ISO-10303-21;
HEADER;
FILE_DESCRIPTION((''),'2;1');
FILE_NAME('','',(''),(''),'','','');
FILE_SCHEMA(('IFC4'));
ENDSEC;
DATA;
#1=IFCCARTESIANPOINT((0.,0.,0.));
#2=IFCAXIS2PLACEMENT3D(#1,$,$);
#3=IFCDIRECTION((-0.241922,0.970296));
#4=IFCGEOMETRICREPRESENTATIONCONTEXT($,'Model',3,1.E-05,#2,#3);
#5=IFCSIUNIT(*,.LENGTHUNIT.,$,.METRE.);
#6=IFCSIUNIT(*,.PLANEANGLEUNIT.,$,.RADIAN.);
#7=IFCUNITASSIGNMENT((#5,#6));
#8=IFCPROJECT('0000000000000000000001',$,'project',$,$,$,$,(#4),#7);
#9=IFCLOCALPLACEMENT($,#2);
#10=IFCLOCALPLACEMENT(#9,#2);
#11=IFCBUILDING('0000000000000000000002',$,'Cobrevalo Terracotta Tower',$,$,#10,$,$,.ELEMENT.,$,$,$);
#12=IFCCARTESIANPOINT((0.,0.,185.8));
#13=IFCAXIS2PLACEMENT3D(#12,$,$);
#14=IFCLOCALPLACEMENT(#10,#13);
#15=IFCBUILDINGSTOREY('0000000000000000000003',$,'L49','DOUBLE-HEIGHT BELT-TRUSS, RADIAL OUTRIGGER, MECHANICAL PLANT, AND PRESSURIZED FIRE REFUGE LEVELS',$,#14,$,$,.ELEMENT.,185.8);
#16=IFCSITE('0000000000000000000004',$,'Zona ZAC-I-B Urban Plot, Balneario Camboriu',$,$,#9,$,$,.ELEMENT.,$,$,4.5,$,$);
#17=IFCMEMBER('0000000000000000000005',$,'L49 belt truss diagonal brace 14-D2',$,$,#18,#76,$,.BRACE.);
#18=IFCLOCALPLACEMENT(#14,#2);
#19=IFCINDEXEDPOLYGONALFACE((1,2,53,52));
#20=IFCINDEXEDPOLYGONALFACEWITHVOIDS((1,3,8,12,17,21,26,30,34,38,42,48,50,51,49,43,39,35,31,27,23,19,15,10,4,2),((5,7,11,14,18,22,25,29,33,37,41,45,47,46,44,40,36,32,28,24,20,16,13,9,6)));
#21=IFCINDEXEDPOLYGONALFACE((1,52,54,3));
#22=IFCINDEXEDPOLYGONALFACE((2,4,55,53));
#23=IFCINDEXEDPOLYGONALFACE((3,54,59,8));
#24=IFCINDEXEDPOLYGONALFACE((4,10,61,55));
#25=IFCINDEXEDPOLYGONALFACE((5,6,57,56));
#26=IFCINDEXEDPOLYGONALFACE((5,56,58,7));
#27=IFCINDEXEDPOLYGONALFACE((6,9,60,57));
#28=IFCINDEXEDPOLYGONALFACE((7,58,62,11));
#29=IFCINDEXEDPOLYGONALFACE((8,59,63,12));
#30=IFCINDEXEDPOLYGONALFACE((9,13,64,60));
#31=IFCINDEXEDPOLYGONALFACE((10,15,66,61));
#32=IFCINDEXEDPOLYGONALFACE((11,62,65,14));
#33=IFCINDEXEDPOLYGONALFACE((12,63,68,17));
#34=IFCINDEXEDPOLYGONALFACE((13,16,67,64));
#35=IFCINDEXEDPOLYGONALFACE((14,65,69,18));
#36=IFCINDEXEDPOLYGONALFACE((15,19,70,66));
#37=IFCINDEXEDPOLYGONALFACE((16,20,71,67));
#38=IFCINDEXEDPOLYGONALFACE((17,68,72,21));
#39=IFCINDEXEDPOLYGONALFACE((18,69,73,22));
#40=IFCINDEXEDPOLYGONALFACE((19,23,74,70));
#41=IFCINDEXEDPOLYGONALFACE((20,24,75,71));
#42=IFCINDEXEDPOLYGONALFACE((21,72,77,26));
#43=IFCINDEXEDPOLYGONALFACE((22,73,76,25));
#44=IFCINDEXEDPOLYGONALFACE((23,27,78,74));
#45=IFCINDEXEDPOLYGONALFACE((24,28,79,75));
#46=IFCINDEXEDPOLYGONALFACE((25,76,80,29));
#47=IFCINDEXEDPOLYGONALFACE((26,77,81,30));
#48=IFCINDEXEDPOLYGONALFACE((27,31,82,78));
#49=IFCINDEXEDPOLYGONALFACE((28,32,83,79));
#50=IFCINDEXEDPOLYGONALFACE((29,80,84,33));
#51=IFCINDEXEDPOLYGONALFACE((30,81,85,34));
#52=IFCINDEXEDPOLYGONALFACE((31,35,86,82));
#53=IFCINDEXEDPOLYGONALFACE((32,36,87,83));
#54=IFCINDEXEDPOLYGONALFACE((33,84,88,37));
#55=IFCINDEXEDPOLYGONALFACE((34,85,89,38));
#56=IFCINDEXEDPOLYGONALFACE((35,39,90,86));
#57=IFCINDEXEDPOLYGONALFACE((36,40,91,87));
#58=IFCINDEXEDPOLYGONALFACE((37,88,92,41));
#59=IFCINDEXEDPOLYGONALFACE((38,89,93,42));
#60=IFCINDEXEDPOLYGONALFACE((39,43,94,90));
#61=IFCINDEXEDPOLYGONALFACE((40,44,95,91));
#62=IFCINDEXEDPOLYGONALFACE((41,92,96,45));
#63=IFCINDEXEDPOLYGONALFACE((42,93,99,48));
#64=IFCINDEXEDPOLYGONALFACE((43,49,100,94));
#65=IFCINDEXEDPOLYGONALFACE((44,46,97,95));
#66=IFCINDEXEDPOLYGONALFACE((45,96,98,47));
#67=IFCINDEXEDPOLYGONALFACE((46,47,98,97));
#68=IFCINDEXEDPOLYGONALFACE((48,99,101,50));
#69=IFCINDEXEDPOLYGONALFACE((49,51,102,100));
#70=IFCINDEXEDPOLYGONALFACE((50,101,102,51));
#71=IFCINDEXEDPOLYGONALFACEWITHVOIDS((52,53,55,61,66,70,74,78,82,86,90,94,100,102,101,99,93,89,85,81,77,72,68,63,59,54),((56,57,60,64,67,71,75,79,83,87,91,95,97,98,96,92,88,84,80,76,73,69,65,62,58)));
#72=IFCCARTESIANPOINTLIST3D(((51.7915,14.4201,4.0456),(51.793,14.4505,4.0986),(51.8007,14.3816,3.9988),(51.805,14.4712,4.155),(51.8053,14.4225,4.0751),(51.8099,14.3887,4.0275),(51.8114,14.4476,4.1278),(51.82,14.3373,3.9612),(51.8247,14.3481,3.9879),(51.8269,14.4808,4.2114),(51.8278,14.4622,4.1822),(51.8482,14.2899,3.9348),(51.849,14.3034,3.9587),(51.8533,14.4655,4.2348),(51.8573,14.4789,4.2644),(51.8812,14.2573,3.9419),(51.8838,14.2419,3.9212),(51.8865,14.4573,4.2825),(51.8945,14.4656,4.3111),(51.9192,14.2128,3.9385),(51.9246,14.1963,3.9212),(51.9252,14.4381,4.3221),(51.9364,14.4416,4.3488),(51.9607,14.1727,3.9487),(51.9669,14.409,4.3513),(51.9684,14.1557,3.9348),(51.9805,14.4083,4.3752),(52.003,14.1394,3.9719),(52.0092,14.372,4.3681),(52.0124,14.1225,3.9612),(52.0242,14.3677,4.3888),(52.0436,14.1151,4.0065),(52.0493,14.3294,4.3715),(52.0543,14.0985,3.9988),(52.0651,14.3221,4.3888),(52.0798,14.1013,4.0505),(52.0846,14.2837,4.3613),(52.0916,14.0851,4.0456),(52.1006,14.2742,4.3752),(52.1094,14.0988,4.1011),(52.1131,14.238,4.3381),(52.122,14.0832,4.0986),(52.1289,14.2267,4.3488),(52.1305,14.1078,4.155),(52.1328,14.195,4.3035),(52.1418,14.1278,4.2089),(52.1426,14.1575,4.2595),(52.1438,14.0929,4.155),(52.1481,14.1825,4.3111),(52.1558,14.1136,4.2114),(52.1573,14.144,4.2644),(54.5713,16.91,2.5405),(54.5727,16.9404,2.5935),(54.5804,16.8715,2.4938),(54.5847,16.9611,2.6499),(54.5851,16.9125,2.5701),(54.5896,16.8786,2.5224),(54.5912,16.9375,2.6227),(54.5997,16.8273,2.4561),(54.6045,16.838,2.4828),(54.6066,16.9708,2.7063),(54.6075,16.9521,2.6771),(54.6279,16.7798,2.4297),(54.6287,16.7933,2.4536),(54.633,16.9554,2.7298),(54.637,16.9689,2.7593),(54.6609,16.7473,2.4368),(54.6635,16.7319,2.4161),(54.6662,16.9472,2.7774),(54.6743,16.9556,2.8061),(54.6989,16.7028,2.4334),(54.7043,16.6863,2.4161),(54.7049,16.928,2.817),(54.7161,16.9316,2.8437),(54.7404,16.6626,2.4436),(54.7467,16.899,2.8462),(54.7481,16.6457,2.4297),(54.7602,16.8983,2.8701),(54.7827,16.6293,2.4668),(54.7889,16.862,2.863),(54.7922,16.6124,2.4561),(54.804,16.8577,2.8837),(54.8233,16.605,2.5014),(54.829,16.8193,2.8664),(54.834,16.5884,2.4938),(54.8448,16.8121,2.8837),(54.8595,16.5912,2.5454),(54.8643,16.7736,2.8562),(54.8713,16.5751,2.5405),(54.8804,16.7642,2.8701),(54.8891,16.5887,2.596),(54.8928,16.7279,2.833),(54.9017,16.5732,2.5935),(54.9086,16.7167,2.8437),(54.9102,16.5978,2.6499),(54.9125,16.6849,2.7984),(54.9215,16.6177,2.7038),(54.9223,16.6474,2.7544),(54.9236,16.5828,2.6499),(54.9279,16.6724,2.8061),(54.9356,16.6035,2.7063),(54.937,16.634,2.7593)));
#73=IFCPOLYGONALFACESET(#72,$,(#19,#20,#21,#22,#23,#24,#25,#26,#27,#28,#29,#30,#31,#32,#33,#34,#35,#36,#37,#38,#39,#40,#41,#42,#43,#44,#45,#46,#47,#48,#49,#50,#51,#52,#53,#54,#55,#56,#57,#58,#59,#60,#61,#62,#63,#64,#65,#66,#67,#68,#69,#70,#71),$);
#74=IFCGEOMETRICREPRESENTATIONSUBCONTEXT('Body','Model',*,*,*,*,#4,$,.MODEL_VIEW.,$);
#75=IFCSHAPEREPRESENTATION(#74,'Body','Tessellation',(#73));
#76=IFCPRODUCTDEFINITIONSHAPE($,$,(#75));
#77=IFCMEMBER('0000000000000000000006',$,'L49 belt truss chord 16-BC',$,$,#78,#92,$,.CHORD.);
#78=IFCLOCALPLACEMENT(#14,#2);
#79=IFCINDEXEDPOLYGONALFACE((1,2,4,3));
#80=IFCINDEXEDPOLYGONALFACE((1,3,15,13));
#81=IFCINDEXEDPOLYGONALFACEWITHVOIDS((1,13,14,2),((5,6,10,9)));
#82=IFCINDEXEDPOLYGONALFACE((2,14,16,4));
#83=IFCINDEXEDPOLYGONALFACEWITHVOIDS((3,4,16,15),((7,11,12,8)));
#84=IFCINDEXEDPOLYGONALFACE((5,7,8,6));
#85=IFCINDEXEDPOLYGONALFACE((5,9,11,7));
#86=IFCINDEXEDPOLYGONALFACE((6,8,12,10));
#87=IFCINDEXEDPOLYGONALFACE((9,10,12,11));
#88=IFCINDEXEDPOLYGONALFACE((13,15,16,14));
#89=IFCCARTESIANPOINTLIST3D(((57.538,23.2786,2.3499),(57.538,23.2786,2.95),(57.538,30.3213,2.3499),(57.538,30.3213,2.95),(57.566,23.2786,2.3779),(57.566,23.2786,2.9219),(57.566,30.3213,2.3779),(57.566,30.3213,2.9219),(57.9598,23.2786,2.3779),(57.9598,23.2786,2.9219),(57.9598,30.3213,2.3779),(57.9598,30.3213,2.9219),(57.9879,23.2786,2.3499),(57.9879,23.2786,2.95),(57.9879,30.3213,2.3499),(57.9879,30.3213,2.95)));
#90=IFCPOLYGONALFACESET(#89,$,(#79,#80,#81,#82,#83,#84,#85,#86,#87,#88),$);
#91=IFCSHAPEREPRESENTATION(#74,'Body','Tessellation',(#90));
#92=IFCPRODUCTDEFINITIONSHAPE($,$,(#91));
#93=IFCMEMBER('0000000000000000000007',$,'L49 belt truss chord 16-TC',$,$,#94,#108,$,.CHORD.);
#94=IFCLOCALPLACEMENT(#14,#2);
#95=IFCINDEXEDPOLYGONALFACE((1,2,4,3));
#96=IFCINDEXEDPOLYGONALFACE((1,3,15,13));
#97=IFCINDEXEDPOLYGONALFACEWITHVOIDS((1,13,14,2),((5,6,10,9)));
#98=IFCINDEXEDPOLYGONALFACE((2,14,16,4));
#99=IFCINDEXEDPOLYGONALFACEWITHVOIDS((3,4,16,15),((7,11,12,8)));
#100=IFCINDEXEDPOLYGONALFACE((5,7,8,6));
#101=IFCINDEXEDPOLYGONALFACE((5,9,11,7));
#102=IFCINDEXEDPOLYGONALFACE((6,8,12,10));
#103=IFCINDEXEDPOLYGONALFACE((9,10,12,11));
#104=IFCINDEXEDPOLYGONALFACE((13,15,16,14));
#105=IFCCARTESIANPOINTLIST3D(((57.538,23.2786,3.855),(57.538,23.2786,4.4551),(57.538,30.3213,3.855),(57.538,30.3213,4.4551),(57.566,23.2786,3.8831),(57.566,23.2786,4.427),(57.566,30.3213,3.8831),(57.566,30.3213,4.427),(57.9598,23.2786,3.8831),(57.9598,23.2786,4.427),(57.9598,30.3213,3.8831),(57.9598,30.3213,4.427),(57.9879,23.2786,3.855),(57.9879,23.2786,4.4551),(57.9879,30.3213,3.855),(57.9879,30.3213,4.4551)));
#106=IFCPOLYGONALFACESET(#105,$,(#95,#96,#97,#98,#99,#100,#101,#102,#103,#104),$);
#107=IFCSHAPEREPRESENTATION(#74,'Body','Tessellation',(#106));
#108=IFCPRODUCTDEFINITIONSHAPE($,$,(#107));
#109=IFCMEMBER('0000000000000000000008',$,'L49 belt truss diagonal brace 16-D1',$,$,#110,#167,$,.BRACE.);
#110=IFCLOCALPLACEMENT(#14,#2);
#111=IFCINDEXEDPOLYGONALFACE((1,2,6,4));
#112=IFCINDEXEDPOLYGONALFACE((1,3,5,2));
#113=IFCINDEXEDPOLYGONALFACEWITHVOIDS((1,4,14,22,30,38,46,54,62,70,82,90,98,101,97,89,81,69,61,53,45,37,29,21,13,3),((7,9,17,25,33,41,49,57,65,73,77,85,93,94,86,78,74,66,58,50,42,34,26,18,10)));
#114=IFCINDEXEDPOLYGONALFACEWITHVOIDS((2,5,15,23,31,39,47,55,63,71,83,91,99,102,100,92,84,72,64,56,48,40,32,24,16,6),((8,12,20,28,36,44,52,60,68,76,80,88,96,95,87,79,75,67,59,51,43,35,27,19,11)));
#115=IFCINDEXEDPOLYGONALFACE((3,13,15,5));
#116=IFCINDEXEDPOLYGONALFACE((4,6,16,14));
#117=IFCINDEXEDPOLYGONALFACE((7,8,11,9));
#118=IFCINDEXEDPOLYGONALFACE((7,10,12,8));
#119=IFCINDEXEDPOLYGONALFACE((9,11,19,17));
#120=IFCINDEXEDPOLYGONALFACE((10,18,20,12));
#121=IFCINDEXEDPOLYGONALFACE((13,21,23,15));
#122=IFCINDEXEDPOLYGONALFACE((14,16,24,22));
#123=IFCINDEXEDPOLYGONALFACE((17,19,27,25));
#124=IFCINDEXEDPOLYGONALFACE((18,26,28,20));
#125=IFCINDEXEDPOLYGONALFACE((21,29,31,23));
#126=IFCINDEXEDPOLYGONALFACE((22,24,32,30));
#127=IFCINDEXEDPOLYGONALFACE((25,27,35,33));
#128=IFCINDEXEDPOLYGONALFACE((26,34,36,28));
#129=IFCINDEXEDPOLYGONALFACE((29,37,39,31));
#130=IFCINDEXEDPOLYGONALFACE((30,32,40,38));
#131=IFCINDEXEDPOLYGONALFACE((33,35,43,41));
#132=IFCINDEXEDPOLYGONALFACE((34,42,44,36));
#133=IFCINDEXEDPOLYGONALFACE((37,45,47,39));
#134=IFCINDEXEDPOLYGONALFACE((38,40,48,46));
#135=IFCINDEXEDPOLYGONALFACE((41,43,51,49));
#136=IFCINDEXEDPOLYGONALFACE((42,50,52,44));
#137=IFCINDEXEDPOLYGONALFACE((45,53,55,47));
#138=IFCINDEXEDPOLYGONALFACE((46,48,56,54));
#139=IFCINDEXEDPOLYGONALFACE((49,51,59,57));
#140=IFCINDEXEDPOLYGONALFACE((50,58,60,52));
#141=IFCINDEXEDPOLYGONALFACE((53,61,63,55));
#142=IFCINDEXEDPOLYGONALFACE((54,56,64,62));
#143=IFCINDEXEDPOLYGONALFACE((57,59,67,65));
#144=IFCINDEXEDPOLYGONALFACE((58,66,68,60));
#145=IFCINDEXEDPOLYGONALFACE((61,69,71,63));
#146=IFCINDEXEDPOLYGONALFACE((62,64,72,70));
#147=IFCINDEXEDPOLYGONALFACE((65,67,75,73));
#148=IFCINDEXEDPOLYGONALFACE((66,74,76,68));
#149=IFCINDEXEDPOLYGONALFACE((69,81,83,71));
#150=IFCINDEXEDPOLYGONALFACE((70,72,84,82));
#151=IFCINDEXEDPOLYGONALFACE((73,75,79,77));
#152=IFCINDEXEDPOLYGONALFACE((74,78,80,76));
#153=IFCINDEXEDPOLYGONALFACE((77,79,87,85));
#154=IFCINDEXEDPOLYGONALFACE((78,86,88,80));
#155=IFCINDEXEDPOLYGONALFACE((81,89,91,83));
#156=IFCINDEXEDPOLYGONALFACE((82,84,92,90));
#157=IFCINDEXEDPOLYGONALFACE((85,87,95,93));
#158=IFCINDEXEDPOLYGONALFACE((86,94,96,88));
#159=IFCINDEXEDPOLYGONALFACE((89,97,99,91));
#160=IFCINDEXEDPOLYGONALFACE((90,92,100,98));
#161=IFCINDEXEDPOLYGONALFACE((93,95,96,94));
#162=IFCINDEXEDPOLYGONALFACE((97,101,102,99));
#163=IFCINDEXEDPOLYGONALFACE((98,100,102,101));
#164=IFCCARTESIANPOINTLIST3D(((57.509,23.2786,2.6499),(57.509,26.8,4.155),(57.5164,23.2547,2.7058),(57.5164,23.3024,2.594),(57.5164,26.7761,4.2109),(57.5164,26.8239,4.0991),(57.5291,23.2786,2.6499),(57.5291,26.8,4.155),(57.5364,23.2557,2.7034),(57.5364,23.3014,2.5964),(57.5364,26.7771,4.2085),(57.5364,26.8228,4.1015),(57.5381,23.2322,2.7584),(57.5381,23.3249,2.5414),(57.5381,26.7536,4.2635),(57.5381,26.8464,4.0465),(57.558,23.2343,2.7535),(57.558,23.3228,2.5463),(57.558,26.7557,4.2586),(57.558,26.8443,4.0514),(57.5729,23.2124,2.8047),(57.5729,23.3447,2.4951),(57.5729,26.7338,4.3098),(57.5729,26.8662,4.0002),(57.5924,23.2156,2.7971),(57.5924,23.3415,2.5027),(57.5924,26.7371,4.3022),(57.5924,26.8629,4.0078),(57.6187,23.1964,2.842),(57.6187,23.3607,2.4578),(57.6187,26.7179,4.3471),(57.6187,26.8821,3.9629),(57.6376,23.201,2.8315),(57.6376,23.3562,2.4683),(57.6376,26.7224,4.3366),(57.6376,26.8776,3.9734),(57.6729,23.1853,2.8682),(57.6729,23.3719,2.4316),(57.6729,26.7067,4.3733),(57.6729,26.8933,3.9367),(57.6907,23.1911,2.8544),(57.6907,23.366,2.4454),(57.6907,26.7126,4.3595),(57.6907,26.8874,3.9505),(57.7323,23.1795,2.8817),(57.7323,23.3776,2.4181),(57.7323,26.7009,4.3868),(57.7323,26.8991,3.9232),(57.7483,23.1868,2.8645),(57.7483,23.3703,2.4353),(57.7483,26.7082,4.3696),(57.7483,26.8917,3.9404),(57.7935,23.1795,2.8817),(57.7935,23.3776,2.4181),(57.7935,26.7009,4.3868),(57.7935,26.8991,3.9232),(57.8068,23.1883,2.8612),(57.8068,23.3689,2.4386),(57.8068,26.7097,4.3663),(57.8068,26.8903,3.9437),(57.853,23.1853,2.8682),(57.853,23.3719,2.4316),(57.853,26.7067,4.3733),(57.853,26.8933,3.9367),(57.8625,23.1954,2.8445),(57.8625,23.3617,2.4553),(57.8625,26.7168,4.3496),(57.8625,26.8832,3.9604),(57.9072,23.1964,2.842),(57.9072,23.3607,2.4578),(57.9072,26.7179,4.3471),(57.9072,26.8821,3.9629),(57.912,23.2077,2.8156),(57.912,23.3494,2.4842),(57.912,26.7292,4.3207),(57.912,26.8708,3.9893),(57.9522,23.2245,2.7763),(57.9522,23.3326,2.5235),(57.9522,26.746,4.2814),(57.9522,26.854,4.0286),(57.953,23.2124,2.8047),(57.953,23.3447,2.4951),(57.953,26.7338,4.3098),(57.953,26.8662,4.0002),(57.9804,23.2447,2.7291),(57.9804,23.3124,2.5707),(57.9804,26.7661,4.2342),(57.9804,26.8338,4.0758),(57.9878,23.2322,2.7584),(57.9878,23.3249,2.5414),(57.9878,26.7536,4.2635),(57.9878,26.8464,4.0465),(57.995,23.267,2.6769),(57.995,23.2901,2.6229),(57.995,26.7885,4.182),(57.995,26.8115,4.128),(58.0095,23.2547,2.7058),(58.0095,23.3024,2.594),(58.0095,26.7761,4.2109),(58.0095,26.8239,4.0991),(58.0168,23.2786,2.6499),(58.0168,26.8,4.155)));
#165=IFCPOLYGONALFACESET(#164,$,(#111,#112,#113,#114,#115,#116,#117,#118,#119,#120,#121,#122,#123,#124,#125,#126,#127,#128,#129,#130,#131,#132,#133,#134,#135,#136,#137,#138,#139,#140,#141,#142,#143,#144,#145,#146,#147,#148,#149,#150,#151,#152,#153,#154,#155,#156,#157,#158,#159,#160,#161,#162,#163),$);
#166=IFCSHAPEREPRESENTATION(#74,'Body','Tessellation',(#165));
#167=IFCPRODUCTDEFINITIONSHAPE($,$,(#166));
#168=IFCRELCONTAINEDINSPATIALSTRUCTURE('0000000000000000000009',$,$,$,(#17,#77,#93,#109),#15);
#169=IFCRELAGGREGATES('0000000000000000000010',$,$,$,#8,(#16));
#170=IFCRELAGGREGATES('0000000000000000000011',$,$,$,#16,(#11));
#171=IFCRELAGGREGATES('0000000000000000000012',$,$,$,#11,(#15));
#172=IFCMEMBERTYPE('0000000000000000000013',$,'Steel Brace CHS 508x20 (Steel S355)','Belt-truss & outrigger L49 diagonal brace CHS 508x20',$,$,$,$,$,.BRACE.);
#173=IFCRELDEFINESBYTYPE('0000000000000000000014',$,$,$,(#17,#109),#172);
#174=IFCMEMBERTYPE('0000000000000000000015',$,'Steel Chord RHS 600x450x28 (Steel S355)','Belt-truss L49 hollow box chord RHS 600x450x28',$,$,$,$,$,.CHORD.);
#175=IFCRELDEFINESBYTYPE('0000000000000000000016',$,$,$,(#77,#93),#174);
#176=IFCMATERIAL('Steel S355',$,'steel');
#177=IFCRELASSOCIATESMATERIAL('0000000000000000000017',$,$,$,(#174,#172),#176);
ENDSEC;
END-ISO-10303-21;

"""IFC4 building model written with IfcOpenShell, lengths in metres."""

from ifc_helpers import new_model, si_unit, direction, frame, origin, origin_2d, place, context, subcontext, project, spatial, hollow_rectangle, hollow_circle, extrude, source, transform, mapped, material, material_profile, profile_set, type_object, element, save


model = new_model("IFC4")

# Units and contexts
model_context = context("Model", 3, precision=1e-05, world=origin(), true_north=direction((-0.241922, 0.970296)))
body_context = subcontext(model_context, "Body", "Model", "MODEL_VIEW")
ifc_project = project(units=[si_unit("LENGTHUNIT", "METRE"), si_unit("PLANEANGLEUNIT", "RADIAN")], contexts=[model_context])

# Site, building, storey
site_placement = place(None, origin())
site = spatial("IfcSite", under=ifc_project, at=site_placement, Name="Zona ZAC-I-B Urban Plot, Balneario Camboriu", CompositionType="ELEMENT", RefElevation=4.5)
building_placement = place(site_placement, origin())
building = spatial("IfcBuilding", under=site, at=building_placement, Name="Cobrevalo Terracotta Tower", CompositionType="ELEMENT")
storey_placement = place(building_placement, frame((0.0, 0.0, 185.8)))
storey = spatial("IfcBuildingStorey", under=building, at=storey_placement, Name="L49", Description="DOUBLE-HEIGHT BELT-TRUSS, RADIAL OUTRIGGER, MECHANICAL PLANT, AND PRESSURIZED FIRE REFUGE LEVELS", CompositionType="ELEMENT", Elevation=185.8)

# Shared definitions
ifc_material_1 = material(Name="Steel S355", Category="steel")

# Members
ifc_material_profile_1 = material_profile(ifc_material_1, hollow_rectangle(XDim=0.45, YDim=0.6001, WallThickness=0.0281, at=origin_2d()), Name="RHS 600x450x28")
ifc_profile_set_1 = profile_set([ifc_material_profile_1], Name="Steel S355")
member_type_1 = type_object("IfcMemberType", Name="Steel Chord RHS 600x450x28 (Steel S355)", Description="Belt-truss L49 hollow box chord RHS 600x450x28", PredefinedType="CHORD", material=ifc_profile_set_1)
ifc_material_profile_2 = material_profile(ifc_material_1, hollow_circle(Radius=0.2539, WallThickness=0.02, at=origin_2d()), Name="CHS 508x20")
ifc_profile_set_2 = profile_set([ifc_material_profile_2], Name="Steel S355")
member_type_2 = type_object("IfcMemberType", Name="Steel Brace CHS 508x20 (Steel S355)", Description="Belt-truss & outrigger L49 diagonal brace CHS 508x20", PredefinedType="BRACE", material=ifc_profile_set_2)
shared_shape_1 = source(origin(), body_context, "Body", "SweptSolid", [
    extrude(hollow_circle(Radius=0.2539, WallThickness=0.02, at=origin_2d()), origin(), (0.0, 0.0, 1.0), 4.0239),
])
member_1_placement = place(storey_placement, frame((54.7542, 16.772, 2.6499), z_axis=(-0.6908, -0.618783, 0.374036), x_axis=(0.667214, -0.744866, 0.0)))
element("IfcMember", 1, at=member_1_placement, inside=storey, type_object=member_type_2, Name="L49 belt truss diagonal brace 14-D2", PredefinedType="BRACE", context=body_context, shape_type="MappedRepresentation", body=[
    mapped(shared_shape_1, transform((0.0, 0.0, 0.0), scale=1.0)),
])
shared_shape_2 = source(origin(), body_context, "Body", "SweptSolid", [
    extrude(hollow_rectangle(XDim=0.45, YDim=0.6001, WallThickness=0.0281, at=origin_2d()), origin(), (0.0, 0.0, 1.0), 7.0427),
])
for number, where, z_axis, x_axis, name in (
    (2, (57.7629, 23.2786, 2.6499), (0.0, 1.0, 0.0), (-1.0, 0.0, 0.0), "L49 belt truss chord 16-BC"),
    (3, (57.7629, 23.2786, 4.155), (0.0, 1.0, 0.0), (-1.0, 0.0, 0.0), "L49 belt truss chord 16-TC"),
):
    element("IfcMember", number, at=place(storey_placement, frame(where, z_axis=z_axis, x_axis=x_axis)), inside=storey, type_object=member_type_1, Name=name, PredefinedType="CHORD", context=body_context, shape_type="MappedRepresentation", body=[
        mapped(shared_shape_2, transform((0.0, 0.0, 0.0), scale=1.0)),
    ])
shared_shape_3 = source(origin(), body_context, "Body", "SweptSolid", [
    extrude(hollow_circle(Radius=0.2539, WallThickness=0.02, at=origin_2d()), origin(), (0.0, 0.0, 1.0), 3.8296),
])
member_2_placement = place(storey_placement, frame((57.7629, 23.2786, 2.6499), z_axis=(0.0, 0.91953, 0.393019), x_axis=(-1.0, 0.0, 0.0)))
element("IfcMember", 4, at=member_2_placement, inside=storey, type_object=member_type_2, Name="L49 belt truss diagonal brace 16-D1", PredefinedType="BRACE", context=body_context, shape_type="MappedRepresentation", body=[
    mapped(shared_shape_3, transform((0.0, 0.0, 0.0), scale=1.0)),
])

save(model, "model.ifc")
